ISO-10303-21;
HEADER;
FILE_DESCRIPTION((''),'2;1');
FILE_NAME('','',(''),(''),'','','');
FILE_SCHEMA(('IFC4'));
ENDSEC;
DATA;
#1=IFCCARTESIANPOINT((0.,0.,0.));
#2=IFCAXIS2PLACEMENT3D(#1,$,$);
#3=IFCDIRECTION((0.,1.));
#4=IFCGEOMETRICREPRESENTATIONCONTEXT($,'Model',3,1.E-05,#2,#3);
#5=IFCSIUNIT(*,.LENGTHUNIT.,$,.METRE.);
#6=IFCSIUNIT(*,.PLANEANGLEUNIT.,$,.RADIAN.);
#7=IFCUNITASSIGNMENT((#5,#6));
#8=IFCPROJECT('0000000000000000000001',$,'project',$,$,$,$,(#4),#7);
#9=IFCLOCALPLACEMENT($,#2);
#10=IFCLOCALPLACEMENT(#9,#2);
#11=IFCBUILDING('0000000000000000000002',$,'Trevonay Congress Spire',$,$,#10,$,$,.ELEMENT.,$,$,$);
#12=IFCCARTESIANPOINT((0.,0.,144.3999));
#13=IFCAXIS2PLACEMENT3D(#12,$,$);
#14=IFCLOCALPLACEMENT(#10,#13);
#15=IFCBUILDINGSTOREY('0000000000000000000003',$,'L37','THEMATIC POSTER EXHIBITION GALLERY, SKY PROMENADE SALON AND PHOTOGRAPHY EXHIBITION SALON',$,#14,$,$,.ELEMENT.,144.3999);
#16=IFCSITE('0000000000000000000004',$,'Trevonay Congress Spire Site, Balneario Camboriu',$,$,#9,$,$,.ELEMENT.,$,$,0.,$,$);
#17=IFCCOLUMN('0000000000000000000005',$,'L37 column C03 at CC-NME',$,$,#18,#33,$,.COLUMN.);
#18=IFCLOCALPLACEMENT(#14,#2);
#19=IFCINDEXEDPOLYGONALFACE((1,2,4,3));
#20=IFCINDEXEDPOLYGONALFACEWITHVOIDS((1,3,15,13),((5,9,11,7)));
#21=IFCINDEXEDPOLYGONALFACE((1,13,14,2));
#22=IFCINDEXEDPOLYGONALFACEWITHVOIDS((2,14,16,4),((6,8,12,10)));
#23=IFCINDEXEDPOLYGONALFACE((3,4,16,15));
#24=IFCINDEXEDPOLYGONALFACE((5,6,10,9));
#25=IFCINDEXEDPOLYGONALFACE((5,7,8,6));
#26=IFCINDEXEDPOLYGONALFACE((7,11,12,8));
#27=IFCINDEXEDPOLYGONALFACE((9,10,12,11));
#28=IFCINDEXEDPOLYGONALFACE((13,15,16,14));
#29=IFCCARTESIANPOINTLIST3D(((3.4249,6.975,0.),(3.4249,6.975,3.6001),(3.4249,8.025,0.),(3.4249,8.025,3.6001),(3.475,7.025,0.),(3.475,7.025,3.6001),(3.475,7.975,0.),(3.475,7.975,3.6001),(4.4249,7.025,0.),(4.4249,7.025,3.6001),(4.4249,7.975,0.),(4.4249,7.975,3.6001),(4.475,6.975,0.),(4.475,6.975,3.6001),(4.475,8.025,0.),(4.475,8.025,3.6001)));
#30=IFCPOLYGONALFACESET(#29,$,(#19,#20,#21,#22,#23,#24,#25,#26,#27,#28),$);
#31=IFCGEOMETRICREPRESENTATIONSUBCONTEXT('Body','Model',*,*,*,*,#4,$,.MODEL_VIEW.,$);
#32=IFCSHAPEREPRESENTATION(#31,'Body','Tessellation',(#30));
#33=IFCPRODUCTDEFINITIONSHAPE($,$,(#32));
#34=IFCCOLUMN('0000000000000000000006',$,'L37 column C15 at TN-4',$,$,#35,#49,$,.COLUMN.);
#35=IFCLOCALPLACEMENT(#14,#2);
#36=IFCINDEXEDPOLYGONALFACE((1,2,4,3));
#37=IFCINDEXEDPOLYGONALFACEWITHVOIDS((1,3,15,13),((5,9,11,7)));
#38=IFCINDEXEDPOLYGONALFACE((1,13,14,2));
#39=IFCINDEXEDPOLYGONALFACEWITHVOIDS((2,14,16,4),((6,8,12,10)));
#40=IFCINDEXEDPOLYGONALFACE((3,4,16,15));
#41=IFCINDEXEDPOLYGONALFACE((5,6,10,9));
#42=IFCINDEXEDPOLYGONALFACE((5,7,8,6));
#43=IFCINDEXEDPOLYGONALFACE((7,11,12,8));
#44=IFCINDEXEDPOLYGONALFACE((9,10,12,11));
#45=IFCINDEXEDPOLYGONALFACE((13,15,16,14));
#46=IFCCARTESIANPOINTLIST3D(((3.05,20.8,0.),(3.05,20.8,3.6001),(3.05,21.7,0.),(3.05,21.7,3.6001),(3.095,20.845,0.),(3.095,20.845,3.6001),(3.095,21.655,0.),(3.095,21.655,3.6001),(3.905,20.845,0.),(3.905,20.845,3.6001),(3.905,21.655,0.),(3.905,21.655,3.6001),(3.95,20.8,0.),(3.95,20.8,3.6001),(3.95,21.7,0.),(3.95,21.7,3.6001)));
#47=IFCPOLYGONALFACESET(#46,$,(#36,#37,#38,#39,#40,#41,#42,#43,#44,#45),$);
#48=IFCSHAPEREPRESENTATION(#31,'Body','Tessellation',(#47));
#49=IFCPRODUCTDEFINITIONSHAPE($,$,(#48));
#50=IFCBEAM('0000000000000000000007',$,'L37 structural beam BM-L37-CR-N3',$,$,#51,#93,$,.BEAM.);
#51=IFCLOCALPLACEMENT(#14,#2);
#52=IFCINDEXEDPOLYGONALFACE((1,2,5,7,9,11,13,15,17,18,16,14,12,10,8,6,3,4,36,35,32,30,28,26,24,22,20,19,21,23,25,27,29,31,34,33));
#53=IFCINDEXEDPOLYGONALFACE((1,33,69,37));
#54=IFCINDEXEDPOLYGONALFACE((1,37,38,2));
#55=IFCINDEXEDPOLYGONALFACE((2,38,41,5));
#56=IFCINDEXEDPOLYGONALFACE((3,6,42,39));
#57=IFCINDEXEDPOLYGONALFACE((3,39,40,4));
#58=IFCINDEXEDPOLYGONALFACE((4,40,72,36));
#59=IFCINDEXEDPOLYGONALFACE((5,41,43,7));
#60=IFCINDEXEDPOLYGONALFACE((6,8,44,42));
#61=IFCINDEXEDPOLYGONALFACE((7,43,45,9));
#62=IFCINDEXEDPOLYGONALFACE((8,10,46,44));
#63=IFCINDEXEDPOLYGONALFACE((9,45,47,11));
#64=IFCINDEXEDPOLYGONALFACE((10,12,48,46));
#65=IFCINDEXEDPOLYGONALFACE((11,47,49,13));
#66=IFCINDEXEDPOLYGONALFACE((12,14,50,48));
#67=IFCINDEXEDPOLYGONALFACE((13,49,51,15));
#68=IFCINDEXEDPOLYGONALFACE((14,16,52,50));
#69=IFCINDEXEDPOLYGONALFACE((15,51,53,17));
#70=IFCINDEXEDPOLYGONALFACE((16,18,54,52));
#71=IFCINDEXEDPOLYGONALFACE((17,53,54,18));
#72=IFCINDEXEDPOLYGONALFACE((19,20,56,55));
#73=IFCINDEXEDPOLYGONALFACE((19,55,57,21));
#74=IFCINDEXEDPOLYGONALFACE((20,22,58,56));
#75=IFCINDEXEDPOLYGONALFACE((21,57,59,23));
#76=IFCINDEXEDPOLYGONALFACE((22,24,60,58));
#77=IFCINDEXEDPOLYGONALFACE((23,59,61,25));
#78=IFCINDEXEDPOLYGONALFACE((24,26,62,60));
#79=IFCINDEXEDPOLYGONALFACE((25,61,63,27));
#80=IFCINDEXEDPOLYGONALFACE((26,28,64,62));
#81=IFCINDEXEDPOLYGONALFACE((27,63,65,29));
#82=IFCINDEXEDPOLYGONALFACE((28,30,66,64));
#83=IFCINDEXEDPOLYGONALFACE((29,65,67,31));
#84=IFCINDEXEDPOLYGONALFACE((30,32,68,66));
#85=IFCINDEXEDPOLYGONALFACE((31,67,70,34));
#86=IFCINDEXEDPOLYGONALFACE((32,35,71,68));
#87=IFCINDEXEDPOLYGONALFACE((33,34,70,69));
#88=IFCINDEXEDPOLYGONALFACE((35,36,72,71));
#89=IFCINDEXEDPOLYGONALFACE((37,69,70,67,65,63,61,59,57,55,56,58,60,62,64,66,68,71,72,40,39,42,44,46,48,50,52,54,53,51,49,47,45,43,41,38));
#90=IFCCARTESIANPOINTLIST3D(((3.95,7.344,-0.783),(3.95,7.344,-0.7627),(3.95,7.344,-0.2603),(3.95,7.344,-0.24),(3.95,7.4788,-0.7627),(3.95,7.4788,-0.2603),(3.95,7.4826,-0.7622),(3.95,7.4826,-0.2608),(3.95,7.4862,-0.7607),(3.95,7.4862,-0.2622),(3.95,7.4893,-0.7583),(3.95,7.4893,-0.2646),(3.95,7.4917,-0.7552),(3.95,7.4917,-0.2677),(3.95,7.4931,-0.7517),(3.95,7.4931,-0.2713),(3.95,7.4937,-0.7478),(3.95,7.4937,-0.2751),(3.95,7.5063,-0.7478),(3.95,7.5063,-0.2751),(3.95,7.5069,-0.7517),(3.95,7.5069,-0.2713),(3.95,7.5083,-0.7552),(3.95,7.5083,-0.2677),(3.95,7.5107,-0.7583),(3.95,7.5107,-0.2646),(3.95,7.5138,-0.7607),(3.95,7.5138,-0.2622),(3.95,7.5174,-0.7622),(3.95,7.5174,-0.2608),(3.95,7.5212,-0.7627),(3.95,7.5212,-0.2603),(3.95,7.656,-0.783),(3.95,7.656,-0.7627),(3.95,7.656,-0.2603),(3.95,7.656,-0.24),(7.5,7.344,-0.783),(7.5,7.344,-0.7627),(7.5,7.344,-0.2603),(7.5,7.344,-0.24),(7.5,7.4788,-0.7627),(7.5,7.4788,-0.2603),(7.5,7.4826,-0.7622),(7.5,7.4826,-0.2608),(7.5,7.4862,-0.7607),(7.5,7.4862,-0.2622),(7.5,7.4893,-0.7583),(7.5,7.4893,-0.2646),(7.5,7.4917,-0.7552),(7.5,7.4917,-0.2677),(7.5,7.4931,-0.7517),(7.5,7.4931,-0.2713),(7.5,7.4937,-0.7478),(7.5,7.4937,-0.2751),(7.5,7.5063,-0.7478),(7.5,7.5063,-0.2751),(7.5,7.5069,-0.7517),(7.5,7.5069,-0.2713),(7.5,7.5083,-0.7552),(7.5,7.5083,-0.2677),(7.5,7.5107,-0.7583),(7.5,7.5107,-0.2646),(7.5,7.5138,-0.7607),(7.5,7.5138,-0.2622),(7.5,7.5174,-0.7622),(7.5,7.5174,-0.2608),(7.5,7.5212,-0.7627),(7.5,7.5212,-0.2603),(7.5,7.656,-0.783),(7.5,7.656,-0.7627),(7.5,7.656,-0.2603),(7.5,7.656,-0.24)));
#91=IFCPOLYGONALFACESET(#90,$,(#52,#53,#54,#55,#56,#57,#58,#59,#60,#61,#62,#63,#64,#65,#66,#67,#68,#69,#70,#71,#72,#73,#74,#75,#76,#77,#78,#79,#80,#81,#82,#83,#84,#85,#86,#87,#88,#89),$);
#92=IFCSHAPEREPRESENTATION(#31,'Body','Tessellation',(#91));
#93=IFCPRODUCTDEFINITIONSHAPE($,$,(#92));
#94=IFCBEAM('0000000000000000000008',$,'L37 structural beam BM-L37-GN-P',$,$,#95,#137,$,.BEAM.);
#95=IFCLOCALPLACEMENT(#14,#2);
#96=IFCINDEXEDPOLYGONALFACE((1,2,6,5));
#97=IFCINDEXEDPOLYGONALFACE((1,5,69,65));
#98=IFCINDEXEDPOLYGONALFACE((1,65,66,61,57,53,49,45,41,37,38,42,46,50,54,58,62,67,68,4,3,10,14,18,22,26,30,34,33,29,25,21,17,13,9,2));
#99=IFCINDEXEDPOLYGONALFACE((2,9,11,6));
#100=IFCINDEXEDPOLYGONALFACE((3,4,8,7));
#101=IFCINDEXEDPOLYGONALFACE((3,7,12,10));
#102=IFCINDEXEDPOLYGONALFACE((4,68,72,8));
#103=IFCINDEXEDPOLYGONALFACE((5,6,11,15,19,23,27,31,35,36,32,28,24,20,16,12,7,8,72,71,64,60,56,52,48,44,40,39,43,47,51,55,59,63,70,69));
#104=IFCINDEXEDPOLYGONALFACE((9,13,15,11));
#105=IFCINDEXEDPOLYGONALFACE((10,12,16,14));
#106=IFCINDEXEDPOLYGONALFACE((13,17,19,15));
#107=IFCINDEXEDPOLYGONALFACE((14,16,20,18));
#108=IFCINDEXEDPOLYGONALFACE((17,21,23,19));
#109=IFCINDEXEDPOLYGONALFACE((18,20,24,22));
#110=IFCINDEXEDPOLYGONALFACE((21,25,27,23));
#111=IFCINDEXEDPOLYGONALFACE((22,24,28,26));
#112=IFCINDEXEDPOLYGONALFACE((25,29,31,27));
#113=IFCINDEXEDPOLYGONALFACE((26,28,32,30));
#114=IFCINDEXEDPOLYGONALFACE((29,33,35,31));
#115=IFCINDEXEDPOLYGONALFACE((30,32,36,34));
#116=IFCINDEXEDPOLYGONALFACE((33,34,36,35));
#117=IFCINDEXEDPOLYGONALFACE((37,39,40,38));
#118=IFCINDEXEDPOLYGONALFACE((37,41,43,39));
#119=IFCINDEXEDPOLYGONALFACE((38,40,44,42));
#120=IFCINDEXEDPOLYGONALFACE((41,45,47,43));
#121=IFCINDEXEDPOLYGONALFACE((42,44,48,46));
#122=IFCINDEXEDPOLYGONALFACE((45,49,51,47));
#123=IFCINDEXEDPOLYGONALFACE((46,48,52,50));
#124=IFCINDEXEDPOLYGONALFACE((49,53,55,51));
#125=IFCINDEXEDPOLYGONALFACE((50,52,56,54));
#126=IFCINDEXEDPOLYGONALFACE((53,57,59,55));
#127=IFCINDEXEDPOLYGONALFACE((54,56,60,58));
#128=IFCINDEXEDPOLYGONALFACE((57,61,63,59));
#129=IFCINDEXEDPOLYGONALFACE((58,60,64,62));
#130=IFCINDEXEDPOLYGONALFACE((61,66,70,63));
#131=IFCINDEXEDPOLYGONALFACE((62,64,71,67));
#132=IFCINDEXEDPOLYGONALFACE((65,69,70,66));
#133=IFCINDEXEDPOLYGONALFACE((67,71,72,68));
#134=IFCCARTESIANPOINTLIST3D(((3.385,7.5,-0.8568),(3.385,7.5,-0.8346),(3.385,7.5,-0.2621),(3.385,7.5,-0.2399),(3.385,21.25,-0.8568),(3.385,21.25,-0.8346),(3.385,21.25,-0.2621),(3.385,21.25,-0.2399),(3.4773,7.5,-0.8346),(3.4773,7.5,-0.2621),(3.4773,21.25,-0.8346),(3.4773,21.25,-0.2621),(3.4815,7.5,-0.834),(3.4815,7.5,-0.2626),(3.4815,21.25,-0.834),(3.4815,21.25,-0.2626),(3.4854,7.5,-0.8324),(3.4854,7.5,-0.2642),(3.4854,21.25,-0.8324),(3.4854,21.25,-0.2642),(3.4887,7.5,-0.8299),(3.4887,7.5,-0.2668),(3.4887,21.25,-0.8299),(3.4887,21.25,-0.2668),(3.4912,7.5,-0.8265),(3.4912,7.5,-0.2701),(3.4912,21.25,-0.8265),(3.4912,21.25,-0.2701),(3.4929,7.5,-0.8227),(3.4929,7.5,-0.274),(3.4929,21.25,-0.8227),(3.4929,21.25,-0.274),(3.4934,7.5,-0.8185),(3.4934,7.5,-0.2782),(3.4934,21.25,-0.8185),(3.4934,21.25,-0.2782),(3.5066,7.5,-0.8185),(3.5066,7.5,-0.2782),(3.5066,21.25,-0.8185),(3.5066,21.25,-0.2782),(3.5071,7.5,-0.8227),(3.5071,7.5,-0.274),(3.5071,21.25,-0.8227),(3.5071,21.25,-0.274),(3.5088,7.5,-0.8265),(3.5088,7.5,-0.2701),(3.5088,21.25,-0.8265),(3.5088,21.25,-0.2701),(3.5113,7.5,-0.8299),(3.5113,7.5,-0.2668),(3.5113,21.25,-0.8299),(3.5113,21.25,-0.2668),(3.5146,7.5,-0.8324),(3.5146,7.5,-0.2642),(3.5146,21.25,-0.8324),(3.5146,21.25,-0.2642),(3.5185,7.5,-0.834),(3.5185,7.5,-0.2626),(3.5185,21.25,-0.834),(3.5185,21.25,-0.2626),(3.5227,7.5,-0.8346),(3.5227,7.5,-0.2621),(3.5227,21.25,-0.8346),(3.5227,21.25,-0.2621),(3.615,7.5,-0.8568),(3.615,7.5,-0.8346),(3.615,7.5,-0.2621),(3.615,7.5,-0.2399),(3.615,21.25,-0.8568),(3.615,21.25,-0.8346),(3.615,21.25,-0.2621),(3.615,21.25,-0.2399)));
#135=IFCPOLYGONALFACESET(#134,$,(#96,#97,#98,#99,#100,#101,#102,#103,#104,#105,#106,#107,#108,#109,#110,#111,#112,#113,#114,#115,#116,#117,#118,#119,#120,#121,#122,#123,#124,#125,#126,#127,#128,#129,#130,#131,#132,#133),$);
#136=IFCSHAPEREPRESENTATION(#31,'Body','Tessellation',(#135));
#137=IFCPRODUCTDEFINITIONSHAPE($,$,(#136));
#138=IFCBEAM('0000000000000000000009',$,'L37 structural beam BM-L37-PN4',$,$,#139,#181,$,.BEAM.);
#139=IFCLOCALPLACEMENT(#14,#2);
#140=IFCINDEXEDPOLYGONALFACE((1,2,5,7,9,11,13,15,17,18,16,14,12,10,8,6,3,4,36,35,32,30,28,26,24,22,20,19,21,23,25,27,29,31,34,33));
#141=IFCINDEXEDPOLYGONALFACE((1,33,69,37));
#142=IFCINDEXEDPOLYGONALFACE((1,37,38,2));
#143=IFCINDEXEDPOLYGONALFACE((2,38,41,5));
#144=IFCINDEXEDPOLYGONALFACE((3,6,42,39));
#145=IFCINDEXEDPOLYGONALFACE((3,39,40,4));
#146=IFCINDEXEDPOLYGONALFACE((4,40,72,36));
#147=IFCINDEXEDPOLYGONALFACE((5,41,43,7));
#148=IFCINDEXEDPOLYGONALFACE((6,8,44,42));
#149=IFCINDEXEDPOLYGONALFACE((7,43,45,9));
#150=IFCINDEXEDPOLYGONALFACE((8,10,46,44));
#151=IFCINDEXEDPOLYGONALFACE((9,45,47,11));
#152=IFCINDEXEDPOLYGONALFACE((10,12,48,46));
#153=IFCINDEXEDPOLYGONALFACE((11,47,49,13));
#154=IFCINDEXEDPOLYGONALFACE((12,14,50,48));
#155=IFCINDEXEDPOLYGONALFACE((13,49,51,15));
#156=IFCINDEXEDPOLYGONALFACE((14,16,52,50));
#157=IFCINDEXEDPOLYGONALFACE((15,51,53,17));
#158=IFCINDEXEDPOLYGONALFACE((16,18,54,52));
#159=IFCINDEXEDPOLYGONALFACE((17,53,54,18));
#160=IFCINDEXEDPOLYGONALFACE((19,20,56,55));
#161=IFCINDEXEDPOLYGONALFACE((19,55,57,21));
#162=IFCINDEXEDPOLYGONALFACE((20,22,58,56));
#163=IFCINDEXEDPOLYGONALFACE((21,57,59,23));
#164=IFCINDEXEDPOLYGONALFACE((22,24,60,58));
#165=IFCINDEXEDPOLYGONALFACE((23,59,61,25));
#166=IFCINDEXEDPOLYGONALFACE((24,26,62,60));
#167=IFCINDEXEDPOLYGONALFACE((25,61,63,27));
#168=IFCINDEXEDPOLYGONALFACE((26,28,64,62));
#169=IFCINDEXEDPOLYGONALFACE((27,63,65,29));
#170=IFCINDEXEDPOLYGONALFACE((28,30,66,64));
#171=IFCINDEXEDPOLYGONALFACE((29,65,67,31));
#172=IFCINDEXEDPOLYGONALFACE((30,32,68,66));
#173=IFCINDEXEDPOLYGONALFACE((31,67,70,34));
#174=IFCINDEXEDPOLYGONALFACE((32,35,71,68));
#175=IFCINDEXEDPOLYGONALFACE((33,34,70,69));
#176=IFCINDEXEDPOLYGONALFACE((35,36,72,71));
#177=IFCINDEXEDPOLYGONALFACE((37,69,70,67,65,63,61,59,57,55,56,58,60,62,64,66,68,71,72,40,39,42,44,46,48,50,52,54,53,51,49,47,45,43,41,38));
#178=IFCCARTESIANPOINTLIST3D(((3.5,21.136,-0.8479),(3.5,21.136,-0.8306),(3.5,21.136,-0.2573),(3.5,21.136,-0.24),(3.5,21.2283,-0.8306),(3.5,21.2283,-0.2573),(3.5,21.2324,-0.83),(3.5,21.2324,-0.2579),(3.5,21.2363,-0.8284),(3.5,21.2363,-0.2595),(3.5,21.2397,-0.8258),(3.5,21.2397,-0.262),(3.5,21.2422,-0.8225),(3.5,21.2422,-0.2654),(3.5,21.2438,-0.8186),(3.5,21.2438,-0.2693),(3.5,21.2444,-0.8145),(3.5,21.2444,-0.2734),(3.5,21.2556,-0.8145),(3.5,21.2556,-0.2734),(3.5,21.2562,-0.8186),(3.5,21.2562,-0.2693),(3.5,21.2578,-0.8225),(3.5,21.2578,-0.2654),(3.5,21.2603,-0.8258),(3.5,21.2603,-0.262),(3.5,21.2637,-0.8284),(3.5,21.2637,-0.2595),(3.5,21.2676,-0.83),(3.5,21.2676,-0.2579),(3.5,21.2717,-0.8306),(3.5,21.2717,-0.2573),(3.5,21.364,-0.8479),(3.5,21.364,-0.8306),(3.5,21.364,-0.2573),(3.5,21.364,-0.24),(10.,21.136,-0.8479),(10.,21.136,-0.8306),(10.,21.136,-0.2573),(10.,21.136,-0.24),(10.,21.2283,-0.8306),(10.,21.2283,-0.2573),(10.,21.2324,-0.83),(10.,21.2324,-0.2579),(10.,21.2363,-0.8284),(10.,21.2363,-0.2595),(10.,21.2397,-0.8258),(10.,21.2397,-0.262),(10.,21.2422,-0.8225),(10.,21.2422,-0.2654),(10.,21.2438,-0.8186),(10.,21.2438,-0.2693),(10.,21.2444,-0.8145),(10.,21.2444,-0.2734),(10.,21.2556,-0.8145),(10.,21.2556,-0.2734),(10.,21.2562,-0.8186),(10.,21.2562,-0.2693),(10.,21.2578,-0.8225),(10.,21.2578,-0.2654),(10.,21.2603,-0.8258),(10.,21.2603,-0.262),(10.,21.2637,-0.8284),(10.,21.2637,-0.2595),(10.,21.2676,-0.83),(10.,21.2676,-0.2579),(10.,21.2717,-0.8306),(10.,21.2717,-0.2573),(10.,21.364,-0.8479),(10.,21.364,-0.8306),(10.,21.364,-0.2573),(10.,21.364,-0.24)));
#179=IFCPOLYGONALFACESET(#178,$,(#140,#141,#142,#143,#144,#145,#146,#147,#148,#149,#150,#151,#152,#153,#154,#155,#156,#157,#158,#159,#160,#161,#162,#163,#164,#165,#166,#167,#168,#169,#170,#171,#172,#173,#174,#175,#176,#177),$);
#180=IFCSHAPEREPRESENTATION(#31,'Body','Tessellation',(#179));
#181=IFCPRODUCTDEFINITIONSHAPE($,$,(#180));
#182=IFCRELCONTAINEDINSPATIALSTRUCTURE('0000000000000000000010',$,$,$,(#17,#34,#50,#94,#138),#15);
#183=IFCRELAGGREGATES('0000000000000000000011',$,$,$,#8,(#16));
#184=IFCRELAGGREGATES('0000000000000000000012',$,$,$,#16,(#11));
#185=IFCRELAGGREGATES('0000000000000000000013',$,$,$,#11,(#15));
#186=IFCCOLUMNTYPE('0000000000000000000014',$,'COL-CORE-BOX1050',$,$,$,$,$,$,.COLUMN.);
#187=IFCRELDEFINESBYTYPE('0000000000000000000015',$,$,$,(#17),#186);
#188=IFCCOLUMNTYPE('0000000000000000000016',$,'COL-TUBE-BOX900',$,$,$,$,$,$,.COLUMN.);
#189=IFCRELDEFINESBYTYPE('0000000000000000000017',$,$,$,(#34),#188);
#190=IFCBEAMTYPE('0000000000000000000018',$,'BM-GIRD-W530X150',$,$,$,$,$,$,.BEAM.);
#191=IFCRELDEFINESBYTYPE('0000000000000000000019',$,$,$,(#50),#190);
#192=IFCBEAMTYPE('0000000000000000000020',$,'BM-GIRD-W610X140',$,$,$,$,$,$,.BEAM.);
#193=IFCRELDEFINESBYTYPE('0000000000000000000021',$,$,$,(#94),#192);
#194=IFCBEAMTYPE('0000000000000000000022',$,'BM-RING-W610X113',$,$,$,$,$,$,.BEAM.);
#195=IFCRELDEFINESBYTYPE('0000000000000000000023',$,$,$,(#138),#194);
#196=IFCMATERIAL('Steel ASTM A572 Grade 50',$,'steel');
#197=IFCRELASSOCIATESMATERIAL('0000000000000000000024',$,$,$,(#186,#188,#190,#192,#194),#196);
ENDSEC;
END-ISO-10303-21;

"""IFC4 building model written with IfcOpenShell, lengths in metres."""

from ifc_helpers import new_model, si_unit, direction, frame, origin, origin_2d, place, context, subcontext, project, spatial, hollow_rectangle, i_section, extrude, material, material_profile, profile_set, type_object, element, save


model = new_model("IFC4")

# Units and contexts
model_context = context("Model", 3, precision=1e-05, world=origin(), true_north=direction((0.0, 1.0)))
body_context = subcontext(model_context, "Body", "Model", "MODEL_VIEW")
ifc_project = project(units=[si_unit("LENGTHUNIT", "METRE"), si_unit("PLANEANGLEUNIT", "RADIAN")], contexts=[model_context])

# Site, building, storey
site_placement = place(None, origin())
site = spatial("IfcSite", under=ifc_project, at=site_placement, Name="Trevonay Congress Spire Site, Balneario Camboriu", CompositionType="ELEMENT", RefElevation=0.0)
building_placement = place(site_placement, origin())
building = spatial("IfcBuilding", under=site, at=building_placement, Name="Trevonay Congress Spire", CompositionType="ELEMENT")
storey_placement = place(building_placement, frame((0.0, 0.0, 144.3999)))
storey = spatial("IfcBuildingStorey", under=building, at=storey_placement, Name="L37", Description="THEMATIC POSTER EXHIBITION GALLERY, SKY PROMENADE SALON AND PHOTOGRAPHY EXHIBITION SALON", CompositionType="ELEMENT", Elevation=144.3999)

# Columns
ifc_material_1 = material(Name="Steel ASTM A572 Grade 50", Category="steel")
ifc_material_profile_1 = material_profile(ifc_material_1, hollow_rectangle(XDim=1.05, YDim=1.05, WallThickness=0.05, at=origin_2d()), Name="BOX 1050x1050x50")
ifc_profile_set_1 = profile_set([ifc_material_profile_1], Name="Steel ASTM A572 Grade 50")
column_type_1 = type_object("IfcColumnType", Name="COL-CORE-BOX1050", PredefinedType="COLUMN", material=ifc_profile_set_1)
column_1_placement = place(storey_placement, frame((3.95, 7.5, 0.0), z_axis=(0.0, 0.0, 1.0), x_axis=(1.0, 0.0, 0.0)))
element("IfcColumn", 1, at=column_1_placement, inside=storey, type_object=column_type_1, Name="L37 column C03 at CC-NME", PredefinedType="COLUMN", context=body_context, shape_type="SweptSolid", body=[
    extrude(hollow_rectangle(XDim=1.05, YDim=1.05, WallThickness=0.05, at=origin_2d()), origin(), (0.0, 0.0, 1.0), 3.6001),
])
ifc_material_profile_2 = material_profile(ifc_material_1, hollow_rectangle(XDim=0.8999, YDim=0.8999, WallThickness=0.0449, at=origin_2d()), Name="BOX 900x900x45")
ifc_profile_set_2 = profile_set([ifc_material_profile_2], Name="Steel ASTM A572 Grade 50")
column_type_2 = type_object("IfcColumnType", Name="COL-TUBE-BOX900", PredefinedType="COLUMN", material=ifc_profile_set_2)
column_2_placement = place(storey_placement, frame((3.5, 21.25, 0.0), z_axis=(0.0, 0.0, 1.0), x_axis=(1.0, 0.0, 0.0)))
element("IfcColumn", 2, at=column_2_placement, inside=storey, type_object=column_type_2, Name="L37 column C15 at TN-4", PredefinedType="COLUMN", context=body_context, shape_type="SweptSolid", body=[
    extrude(hollow_rectangle(XDim=0.8999, YDim=0.8999, WallThickness=0.0449, at=origin_2d()), origin(), (0.0, 0.0, 1.0), 3.6001),
])

# Beams
ifc_material_profile_3 = material_profile(ifc_material_1, i_section(OverallWidth=0.312, OverallDepth=0.543, WebThickness=0.0127, FlangeThickness=0.0203, FilletRadius=0.0149, at=origin_2d()), Name="W530x150")
ifc_profile_set_3 = profile_set([ifc_material_profile_3], Name="Steel ASTM A572 Grade 50")
beam_type_1 = type_object("IfcBeamType", Name="BM-GIRD-W530X150", PredefinedType="BEAM", material=ifc_profile_set_3)
beam_1_placement = place(storey_placement, frame((3.95, 7.5, -0.5115), z_axis=(1.0, 0.0, 0.0), x_axis=(0.0, 1.0, 0.0)))
element("IfcBeam", 3, at=beam_1_placement, inside=storey, type_object=beam_type_1, Name="L37 structural beam BM-L37-CR-N3", PredefinedType="BEAM", context=body_context, shape_type="SweptSolid", body=[
    extrude(i_section(OverallWidth=0.312, OverallDepth=0.543, WebThickness=0.0127, FlangeThickness=0.0203, FilletRadius=0.0149, at=origin_2d()), origin(), (0.0, 0.0, 1.0), 3.55),
])
ifc_material_profile_4 = material_profile(ifc_material_1, i_section(OverallWidth=0.23, OverallDepth=0.6169, WebThickness=0.0132, FlangeThickness=0.0222, FilletRadius=0.0161, at=origin_2d()), Name="W610x140")
ifc_profile_set_4 = profile_set([ifc_material_profile_4], Name="Steel ASTM A572 Grade 50")
beam_type_2 = type_object("IfcBeamType", Name="BM-GIRD-W610X140", PredefinedType="BEAM", material=ifc_profile_set_4)
beam_2_placement = place(storey_placement, frame((3.5, 7.5, -0.5483), z_axis=(0.0, 1.0, 0.0), x_axis=(-1.0, 0.0, 0.0)))
element("IfcBeam", 4, at=beam_2_placement, inside=storey, type_object=beam_type_2, Name="L37 structural beam BM-L37-GN-P", PredefinedType="BEAM", context=body_context, shape_type="SweptSolid", body=[
    extrude(i_section(OverallWidth=0.23, OverallDepth=0.6169, WebThickness=0.0132, FlangeThickness=0.0222, FilletRadius=0.0161, at=origin_2d()), origin(), (0.0, 0.0, 1.0), 13.75),
])
ifc_material_profile_5 = material_profile(ifc_material_1, i_section(OverallWidth=0.228, OverallDepth=0.6079, WebThickness=0.0112, FlangeThickness=0.0173, FilletRadius=0.0161, at=origin_2d()), Name="W610x113")
ifc_profile_set_5 = profile_set([ifc_material_profile_5], Name="Steel ASTM A572 Grade 50")
beam_type_3 = type_object("IfcBeamType", Name="BM-RING-W610X113", PredefinedType="BEAM", material=ifc_profile_set_5)
beam_3_placement = place(storey_placement, frame((3.5, 21.25, -0.5439), z_axis=(1.0, 0.0, 0.0), x_axis=(0.0, 1.0, 0.0)))
element("IfcBeam", 5, at=beam_3_placement, inside=storey, type_object=beam_type_3, Name="L37 structural beam BM-L37-PN4", PredefinedType="BEAM", context=body_context, shape_type="SweptSolid", body=[
    extrude(i_section(OverallWidth=0.228, OverallDepth=0.6079, WebThickness=0.0112, FlangeThickness=0.0173, FilletRadius=0.0161, at=origin_2d()), origin(), (0.0, 0.0, 1.0), 6.5),
])

save(model, "model.ifc")
